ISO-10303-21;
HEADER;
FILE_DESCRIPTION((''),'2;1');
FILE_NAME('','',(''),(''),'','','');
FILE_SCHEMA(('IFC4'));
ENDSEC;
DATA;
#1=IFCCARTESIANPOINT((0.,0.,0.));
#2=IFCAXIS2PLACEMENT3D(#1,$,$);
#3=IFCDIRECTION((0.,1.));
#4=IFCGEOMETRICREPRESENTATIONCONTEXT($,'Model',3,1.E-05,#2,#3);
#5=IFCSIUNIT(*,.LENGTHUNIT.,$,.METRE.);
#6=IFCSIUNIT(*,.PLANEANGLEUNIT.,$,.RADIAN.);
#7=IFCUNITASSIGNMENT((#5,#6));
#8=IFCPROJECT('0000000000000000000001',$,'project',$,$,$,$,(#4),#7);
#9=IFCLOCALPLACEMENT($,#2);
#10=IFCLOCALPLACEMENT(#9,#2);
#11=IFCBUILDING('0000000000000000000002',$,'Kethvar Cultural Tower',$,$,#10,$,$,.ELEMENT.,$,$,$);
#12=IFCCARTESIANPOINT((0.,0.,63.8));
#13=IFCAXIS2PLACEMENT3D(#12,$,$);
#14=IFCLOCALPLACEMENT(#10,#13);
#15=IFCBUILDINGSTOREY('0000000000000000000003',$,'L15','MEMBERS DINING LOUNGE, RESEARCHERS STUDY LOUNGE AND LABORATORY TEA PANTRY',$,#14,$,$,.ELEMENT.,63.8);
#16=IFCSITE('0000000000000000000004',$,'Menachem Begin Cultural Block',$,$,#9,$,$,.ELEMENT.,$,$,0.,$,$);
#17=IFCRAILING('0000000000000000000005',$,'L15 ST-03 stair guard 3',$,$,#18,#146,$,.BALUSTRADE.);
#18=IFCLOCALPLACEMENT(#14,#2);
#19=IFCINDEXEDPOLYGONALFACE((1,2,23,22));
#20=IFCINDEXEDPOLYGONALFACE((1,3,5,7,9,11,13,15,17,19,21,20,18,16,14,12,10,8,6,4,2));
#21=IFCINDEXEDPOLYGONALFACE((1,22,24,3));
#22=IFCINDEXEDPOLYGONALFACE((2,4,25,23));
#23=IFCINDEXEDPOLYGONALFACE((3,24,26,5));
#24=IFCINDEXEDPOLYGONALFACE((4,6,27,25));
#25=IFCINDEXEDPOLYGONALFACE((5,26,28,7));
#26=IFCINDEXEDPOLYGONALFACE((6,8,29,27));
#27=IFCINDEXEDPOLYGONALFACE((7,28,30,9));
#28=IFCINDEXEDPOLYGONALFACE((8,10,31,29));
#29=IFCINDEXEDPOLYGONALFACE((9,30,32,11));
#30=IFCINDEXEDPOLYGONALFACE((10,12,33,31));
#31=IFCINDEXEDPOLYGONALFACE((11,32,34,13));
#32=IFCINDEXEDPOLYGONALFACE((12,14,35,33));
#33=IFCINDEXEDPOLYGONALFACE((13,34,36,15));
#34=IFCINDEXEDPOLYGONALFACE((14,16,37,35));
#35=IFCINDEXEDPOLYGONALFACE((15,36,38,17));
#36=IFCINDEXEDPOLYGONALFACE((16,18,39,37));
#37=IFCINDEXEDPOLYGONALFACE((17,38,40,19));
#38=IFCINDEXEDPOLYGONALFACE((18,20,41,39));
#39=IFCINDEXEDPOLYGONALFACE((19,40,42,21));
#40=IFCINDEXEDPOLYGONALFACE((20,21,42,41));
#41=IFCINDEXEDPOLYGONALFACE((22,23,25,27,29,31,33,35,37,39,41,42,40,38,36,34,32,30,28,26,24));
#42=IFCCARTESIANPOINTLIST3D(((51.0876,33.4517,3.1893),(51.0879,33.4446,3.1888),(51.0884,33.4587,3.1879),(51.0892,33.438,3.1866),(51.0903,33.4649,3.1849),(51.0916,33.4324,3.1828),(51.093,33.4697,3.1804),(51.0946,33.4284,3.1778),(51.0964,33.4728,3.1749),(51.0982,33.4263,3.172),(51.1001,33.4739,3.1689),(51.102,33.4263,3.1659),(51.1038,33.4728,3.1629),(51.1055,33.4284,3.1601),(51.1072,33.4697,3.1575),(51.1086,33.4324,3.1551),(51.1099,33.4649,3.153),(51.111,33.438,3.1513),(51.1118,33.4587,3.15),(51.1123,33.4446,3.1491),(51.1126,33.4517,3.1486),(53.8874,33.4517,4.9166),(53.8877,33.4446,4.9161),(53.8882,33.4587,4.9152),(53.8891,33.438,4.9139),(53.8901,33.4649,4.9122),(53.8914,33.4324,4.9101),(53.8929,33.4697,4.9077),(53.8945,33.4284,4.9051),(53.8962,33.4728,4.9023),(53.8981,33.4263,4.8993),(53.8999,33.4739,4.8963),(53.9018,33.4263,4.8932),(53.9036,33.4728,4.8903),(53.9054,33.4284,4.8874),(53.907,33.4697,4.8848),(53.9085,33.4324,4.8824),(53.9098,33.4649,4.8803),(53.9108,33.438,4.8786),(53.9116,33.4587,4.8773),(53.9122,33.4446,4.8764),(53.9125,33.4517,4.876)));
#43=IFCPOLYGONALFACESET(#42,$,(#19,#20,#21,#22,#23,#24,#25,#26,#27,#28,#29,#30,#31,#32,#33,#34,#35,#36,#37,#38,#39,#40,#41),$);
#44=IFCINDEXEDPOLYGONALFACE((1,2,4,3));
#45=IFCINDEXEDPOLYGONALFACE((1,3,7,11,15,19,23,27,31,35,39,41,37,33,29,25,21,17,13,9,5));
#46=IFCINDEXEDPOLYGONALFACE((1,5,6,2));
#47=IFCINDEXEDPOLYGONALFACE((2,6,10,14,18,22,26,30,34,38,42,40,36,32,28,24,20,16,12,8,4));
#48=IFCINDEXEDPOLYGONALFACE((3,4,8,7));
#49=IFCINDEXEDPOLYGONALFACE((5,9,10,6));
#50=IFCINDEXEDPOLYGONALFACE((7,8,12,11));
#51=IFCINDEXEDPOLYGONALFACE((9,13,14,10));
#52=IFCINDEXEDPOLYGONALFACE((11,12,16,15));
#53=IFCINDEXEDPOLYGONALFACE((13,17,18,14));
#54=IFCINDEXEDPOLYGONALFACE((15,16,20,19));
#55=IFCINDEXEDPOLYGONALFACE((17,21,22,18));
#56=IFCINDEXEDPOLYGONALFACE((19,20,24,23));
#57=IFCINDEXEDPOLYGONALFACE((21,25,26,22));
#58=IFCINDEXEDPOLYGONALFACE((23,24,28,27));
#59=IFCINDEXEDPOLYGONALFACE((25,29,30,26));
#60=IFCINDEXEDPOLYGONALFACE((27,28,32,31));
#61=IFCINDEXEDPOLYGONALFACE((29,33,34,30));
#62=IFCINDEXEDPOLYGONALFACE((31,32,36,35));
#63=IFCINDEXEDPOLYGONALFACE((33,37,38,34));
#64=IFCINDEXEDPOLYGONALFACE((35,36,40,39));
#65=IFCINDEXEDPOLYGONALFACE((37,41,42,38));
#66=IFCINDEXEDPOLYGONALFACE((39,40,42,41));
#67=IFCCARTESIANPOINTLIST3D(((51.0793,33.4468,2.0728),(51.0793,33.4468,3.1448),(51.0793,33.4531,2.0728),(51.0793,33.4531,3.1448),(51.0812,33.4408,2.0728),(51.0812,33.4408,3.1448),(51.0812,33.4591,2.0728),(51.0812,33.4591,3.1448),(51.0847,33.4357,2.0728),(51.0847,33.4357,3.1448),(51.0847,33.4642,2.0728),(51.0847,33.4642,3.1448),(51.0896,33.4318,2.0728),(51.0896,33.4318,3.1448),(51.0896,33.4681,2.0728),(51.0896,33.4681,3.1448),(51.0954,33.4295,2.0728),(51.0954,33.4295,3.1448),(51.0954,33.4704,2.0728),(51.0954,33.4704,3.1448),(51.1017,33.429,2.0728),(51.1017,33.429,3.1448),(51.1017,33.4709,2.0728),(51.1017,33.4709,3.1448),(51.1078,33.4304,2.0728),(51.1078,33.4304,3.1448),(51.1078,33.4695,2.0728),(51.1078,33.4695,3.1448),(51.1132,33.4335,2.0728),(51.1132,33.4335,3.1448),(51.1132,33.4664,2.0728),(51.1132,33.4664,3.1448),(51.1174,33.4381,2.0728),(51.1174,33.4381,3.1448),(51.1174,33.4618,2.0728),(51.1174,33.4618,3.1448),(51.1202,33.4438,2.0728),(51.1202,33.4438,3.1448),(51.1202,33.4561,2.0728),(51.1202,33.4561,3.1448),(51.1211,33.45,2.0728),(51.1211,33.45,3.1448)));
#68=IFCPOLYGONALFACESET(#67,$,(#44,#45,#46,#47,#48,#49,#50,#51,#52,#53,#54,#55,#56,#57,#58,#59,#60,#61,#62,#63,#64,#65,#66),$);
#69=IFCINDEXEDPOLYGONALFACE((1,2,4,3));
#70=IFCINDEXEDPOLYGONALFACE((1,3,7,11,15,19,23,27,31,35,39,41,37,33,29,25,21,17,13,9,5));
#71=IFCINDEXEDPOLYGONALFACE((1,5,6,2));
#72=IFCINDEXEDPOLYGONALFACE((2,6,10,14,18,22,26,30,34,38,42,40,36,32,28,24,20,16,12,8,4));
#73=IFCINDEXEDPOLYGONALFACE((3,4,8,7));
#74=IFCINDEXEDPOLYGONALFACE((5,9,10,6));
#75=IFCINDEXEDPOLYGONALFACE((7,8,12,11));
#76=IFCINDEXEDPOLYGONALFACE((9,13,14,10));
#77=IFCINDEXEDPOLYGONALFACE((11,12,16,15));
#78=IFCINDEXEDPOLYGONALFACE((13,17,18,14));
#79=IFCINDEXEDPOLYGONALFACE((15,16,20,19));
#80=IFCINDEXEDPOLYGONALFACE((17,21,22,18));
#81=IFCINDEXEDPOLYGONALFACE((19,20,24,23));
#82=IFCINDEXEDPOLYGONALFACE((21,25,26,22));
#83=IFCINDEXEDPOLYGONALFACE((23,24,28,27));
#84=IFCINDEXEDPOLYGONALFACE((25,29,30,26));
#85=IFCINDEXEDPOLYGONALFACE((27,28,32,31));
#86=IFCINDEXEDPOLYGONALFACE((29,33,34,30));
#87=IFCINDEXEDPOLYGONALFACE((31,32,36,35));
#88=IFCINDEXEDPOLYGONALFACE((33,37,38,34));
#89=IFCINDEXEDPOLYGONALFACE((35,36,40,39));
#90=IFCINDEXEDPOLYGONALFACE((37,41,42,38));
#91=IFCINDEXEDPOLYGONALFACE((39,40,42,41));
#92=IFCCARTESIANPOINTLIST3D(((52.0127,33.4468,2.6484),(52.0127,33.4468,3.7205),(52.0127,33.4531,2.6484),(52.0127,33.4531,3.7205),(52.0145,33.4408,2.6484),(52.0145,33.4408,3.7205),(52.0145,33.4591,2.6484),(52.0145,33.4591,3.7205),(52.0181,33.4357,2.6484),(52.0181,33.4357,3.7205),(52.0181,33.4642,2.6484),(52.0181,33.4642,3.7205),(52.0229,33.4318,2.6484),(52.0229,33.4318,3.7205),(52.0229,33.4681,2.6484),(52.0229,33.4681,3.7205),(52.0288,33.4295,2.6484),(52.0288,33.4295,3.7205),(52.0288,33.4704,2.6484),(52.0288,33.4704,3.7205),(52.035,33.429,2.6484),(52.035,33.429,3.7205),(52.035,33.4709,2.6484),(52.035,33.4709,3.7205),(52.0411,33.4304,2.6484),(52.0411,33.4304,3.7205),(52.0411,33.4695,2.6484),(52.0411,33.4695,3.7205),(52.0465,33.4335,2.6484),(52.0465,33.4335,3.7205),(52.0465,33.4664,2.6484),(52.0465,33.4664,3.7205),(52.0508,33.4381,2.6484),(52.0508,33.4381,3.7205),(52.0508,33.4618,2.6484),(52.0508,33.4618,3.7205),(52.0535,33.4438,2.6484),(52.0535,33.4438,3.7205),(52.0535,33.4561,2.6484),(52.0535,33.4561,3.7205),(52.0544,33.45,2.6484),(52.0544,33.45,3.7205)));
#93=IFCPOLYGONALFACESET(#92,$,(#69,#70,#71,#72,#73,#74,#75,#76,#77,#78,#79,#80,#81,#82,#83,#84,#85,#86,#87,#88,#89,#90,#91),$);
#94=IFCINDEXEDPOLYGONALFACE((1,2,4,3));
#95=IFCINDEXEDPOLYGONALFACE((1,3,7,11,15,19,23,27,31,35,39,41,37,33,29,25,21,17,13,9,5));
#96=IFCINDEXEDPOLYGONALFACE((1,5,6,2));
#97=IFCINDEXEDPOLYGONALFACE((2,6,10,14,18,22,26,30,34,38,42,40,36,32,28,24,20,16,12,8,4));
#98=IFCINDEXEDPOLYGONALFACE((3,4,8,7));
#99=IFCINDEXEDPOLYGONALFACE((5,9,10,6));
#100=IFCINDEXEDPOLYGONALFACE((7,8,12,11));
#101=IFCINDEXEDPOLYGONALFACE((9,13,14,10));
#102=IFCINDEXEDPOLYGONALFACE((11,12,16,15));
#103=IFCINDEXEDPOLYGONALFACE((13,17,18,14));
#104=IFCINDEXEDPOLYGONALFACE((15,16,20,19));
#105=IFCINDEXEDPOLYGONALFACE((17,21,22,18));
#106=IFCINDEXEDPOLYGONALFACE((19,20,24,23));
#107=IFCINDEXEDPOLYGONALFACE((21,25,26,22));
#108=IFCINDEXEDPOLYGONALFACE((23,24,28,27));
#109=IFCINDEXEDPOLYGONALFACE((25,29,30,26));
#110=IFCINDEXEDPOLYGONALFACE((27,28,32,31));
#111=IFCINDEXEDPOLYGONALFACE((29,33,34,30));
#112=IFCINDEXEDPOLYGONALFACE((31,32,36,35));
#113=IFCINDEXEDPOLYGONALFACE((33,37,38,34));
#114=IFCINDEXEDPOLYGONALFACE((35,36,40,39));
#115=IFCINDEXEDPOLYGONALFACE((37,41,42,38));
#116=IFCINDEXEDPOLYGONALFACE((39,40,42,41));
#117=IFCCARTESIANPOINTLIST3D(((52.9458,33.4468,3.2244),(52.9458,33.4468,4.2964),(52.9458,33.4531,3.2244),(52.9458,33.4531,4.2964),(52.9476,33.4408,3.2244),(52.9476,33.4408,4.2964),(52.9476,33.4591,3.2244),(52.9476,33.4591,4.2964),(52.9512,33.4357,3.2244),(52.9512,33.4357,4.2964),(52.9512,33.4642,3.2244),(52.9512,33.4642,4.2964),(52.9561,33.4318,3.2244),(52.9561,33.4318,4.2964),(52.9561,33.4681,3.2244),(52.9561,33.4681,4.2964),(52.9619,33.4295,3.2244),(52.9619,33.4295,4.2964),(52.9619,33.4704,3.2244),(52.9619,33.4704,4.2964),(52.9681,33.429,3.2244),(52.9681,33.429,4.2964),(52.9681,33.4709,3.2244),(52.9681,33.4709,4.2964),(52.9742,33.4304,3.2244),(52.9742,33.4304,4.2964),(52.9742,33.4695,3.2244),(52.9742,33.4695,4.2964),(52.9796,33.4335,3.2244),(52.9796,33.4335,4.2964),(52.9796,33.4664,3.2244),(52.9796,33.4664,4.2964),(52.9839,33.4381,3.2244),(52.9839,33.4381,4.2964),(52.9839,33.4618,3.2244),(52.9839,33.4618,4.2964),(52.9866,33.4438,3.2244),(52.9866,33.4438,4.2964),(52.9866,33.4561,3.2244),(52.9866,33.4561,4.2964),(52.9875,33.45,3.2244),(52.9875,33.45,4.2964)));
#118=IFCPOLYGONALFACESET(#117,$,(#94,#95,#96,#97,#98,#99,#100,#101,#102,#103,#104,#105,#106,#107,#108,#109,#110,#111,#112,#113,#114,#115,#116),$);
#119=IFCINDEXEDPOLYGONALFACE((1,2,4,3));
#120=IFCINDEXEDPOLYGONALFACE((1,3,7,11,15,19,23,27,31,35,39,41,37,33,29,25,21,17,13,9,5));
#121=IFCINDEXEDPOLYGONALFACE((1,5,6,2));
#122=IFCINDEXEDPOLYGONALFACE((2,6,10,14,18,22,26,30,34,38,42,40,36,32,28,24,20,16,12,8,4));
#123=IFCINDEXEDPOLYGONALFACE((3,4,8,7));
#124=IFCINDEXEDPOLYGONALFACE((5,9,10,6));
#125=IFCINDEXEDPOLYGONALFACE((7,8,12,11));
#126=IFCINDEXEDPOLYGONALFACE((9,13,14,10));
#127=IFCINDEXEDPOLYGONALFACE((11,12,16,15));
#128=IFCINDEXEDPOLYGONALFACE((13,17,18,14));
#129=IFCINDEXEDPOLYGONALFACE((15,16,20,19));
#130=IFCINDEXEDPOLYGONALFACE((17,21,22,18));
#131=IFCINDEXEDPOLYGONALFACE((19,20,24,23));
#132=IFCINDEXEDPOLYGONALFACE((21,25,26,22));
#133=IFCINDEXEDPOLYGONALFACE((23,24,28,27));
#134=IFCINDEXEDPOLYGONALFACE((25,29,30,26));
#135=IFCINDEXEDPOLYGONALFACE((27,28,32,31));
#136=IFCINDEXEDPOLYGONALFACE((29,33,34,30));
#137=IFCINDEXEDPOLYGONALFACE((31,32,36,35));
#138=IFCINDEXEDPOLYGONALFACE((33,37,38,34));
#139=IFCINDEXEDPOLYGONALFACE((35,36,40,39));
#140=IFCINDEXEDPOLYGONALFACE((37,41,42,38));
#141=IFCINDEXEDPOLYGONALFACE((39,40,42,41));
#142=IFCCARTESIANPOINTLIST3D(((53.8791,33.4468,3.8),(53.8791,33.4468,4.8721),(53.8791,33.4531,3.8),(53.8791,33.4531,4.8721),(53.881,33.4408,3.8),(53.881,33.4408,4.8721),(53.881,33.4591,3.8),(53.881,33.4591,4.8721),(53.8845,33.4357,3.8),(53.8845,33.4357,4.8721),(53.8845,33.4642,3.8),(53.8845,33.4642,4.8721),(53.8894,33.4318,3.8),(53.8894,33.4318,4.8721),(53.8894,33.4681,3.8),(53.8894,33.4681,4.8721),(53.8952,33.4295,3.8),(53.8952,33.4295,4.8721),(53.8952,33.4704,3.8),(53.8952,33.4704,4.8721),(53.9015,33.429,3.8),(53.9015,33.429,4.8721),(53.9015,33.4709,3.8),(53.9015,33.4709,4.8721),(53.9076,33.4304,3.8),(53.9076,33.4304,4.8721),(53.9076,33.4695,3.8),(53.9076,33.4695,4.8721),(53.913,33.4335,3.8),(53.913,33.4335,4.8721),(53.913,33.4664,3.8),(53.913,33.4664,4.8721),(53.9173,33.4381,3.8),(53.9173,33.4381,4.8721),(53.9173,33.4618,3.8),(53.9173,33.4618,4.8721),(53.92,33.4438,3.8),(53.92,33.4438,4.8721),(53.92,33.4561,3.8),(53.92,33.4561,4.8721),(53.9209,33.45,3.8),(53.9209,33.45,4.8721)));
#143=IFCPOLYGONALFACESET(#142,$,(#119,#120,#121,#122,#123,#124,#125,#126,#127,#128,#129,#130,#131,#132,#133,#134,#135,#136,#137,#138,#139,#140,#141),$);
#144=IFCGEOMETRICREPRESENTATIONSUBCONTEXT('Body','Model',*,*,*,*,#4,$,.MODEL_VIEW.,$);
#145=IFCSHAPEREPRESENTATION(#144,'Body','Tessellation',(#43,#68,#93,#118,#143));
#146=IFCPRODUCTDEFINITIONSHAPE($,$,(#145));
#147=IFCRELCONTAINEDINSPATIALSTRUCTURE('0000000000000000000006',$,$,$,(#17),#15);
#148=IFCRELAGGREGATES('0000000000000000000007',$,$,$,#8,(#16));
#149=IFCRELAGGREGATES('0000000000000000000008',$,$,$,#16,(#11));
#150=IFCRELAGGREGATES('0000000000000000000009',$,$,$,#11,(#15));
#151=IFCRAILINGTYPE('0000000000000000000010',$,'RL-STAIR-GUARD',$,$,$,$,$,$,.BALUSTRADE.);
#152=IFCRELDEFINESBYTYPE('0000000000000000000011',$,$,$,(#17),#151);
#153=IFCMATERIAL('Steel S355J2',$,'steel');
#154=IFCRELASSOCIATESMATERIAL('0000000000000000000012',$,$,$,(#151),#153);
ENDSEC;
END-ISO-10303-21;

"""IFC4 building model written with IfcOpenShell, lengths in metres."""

from ifc_helpers import new_model, si_unit, direction, frame, origin, origin_2d, place, context, subcontext, project, spatial, circle, extrude, material, type_object, element, save


model = new_model("IFC4")

# Units and contexts
model_context = context("Model", 3, precision=1e-05, world=origin(), true_north=direction((0.0, 1.0)))
body_context = subcontext(model_context, "Body", "Model", "MODEL_VIEW")
ifc_project = project(units=[si_unit("LENGTHUNIT", "METRE"), si_unit("PLANEANGLEUNIT", "RADIAN")], contexts=[model_context])

# Site, building, storey
site_placement = place(None, origin())
site = spatial("IfcSite", under=ifc_project, at=site_placement, Name="Menachem Begin Cultural Block", CompositionType="ELEMENT", RefElevation=0.0)
building_placement = place(site_placement, origin())
building = spatial("IfcBuilding", under=site, at=building_placement, Name="Kethvar Cultural Tower", CompositionType="ELEMENT")
storey_placement = place(building_placement, frame((0.0, 0.0, 63.8)))
storey = spatial("IfcBuildingStorey", under=building, at=storey_placement, Name="L15", Description="MEMBERS DINING LOUNGE, RESEARCHERS STUDY LOUNGE AND LABORATORY TEA PANTRY", CompositionType="ELEMENT", Elevation=63.8)

# Shared definitions
ifc_material_1 = material(Name="Steel S355J2", Category="steel")

# Railing
railing_type_1 = type_object("IfcRailingType", Name="RL-STAIR-GUARD", PredefinedType="BALUSTRADE", material=ifc_material_1)
railing_1_placement = place(storey_placement, frame((51.1001, 33.45, 2.0728)))
element("IfcRailing", 1, at=railing_1_placement, inside=storey, type_object=railing_type_1, Name="L15 ST-03 stair guard 3", PredefinedType="BALUSTRADE", context=body_context, shape_type="SweptSolid", body=[
    extrude(circle(Radius=0.0239, at=origin_2d()), frame((0.0, 0.0, 1.0962), z_axis=(0.851069, 0.0, 0.525054), x_axis=(0.0, 1.0, 0.0)), (0.0, 0.0, 1.0), 3.2898),
    extrude(circle(Radius=0.021, at=origin_2d()), origin(), (0.0, 0.0, 1.0), 1.072),
    extrude(circle(Radius=0.021, at=origin_2d()), frame((0.9333, 0.0, 0.5757)), (0.0, 0.0, 1.0), 1.072),
    extrude(circle(Radius=0.021, at=origin_2d()), frame((1.8665, 0.0, 1.1516)), (0.0, 0.0, 1.0), 1.072),
    extrude(circle(Radius=0.021, at=origin_2d()), frame((2.7998, 0.0, 1.7273)), (0.0, 0.0, 1.0), 1.072),
])

save(model, "model.ifc")
